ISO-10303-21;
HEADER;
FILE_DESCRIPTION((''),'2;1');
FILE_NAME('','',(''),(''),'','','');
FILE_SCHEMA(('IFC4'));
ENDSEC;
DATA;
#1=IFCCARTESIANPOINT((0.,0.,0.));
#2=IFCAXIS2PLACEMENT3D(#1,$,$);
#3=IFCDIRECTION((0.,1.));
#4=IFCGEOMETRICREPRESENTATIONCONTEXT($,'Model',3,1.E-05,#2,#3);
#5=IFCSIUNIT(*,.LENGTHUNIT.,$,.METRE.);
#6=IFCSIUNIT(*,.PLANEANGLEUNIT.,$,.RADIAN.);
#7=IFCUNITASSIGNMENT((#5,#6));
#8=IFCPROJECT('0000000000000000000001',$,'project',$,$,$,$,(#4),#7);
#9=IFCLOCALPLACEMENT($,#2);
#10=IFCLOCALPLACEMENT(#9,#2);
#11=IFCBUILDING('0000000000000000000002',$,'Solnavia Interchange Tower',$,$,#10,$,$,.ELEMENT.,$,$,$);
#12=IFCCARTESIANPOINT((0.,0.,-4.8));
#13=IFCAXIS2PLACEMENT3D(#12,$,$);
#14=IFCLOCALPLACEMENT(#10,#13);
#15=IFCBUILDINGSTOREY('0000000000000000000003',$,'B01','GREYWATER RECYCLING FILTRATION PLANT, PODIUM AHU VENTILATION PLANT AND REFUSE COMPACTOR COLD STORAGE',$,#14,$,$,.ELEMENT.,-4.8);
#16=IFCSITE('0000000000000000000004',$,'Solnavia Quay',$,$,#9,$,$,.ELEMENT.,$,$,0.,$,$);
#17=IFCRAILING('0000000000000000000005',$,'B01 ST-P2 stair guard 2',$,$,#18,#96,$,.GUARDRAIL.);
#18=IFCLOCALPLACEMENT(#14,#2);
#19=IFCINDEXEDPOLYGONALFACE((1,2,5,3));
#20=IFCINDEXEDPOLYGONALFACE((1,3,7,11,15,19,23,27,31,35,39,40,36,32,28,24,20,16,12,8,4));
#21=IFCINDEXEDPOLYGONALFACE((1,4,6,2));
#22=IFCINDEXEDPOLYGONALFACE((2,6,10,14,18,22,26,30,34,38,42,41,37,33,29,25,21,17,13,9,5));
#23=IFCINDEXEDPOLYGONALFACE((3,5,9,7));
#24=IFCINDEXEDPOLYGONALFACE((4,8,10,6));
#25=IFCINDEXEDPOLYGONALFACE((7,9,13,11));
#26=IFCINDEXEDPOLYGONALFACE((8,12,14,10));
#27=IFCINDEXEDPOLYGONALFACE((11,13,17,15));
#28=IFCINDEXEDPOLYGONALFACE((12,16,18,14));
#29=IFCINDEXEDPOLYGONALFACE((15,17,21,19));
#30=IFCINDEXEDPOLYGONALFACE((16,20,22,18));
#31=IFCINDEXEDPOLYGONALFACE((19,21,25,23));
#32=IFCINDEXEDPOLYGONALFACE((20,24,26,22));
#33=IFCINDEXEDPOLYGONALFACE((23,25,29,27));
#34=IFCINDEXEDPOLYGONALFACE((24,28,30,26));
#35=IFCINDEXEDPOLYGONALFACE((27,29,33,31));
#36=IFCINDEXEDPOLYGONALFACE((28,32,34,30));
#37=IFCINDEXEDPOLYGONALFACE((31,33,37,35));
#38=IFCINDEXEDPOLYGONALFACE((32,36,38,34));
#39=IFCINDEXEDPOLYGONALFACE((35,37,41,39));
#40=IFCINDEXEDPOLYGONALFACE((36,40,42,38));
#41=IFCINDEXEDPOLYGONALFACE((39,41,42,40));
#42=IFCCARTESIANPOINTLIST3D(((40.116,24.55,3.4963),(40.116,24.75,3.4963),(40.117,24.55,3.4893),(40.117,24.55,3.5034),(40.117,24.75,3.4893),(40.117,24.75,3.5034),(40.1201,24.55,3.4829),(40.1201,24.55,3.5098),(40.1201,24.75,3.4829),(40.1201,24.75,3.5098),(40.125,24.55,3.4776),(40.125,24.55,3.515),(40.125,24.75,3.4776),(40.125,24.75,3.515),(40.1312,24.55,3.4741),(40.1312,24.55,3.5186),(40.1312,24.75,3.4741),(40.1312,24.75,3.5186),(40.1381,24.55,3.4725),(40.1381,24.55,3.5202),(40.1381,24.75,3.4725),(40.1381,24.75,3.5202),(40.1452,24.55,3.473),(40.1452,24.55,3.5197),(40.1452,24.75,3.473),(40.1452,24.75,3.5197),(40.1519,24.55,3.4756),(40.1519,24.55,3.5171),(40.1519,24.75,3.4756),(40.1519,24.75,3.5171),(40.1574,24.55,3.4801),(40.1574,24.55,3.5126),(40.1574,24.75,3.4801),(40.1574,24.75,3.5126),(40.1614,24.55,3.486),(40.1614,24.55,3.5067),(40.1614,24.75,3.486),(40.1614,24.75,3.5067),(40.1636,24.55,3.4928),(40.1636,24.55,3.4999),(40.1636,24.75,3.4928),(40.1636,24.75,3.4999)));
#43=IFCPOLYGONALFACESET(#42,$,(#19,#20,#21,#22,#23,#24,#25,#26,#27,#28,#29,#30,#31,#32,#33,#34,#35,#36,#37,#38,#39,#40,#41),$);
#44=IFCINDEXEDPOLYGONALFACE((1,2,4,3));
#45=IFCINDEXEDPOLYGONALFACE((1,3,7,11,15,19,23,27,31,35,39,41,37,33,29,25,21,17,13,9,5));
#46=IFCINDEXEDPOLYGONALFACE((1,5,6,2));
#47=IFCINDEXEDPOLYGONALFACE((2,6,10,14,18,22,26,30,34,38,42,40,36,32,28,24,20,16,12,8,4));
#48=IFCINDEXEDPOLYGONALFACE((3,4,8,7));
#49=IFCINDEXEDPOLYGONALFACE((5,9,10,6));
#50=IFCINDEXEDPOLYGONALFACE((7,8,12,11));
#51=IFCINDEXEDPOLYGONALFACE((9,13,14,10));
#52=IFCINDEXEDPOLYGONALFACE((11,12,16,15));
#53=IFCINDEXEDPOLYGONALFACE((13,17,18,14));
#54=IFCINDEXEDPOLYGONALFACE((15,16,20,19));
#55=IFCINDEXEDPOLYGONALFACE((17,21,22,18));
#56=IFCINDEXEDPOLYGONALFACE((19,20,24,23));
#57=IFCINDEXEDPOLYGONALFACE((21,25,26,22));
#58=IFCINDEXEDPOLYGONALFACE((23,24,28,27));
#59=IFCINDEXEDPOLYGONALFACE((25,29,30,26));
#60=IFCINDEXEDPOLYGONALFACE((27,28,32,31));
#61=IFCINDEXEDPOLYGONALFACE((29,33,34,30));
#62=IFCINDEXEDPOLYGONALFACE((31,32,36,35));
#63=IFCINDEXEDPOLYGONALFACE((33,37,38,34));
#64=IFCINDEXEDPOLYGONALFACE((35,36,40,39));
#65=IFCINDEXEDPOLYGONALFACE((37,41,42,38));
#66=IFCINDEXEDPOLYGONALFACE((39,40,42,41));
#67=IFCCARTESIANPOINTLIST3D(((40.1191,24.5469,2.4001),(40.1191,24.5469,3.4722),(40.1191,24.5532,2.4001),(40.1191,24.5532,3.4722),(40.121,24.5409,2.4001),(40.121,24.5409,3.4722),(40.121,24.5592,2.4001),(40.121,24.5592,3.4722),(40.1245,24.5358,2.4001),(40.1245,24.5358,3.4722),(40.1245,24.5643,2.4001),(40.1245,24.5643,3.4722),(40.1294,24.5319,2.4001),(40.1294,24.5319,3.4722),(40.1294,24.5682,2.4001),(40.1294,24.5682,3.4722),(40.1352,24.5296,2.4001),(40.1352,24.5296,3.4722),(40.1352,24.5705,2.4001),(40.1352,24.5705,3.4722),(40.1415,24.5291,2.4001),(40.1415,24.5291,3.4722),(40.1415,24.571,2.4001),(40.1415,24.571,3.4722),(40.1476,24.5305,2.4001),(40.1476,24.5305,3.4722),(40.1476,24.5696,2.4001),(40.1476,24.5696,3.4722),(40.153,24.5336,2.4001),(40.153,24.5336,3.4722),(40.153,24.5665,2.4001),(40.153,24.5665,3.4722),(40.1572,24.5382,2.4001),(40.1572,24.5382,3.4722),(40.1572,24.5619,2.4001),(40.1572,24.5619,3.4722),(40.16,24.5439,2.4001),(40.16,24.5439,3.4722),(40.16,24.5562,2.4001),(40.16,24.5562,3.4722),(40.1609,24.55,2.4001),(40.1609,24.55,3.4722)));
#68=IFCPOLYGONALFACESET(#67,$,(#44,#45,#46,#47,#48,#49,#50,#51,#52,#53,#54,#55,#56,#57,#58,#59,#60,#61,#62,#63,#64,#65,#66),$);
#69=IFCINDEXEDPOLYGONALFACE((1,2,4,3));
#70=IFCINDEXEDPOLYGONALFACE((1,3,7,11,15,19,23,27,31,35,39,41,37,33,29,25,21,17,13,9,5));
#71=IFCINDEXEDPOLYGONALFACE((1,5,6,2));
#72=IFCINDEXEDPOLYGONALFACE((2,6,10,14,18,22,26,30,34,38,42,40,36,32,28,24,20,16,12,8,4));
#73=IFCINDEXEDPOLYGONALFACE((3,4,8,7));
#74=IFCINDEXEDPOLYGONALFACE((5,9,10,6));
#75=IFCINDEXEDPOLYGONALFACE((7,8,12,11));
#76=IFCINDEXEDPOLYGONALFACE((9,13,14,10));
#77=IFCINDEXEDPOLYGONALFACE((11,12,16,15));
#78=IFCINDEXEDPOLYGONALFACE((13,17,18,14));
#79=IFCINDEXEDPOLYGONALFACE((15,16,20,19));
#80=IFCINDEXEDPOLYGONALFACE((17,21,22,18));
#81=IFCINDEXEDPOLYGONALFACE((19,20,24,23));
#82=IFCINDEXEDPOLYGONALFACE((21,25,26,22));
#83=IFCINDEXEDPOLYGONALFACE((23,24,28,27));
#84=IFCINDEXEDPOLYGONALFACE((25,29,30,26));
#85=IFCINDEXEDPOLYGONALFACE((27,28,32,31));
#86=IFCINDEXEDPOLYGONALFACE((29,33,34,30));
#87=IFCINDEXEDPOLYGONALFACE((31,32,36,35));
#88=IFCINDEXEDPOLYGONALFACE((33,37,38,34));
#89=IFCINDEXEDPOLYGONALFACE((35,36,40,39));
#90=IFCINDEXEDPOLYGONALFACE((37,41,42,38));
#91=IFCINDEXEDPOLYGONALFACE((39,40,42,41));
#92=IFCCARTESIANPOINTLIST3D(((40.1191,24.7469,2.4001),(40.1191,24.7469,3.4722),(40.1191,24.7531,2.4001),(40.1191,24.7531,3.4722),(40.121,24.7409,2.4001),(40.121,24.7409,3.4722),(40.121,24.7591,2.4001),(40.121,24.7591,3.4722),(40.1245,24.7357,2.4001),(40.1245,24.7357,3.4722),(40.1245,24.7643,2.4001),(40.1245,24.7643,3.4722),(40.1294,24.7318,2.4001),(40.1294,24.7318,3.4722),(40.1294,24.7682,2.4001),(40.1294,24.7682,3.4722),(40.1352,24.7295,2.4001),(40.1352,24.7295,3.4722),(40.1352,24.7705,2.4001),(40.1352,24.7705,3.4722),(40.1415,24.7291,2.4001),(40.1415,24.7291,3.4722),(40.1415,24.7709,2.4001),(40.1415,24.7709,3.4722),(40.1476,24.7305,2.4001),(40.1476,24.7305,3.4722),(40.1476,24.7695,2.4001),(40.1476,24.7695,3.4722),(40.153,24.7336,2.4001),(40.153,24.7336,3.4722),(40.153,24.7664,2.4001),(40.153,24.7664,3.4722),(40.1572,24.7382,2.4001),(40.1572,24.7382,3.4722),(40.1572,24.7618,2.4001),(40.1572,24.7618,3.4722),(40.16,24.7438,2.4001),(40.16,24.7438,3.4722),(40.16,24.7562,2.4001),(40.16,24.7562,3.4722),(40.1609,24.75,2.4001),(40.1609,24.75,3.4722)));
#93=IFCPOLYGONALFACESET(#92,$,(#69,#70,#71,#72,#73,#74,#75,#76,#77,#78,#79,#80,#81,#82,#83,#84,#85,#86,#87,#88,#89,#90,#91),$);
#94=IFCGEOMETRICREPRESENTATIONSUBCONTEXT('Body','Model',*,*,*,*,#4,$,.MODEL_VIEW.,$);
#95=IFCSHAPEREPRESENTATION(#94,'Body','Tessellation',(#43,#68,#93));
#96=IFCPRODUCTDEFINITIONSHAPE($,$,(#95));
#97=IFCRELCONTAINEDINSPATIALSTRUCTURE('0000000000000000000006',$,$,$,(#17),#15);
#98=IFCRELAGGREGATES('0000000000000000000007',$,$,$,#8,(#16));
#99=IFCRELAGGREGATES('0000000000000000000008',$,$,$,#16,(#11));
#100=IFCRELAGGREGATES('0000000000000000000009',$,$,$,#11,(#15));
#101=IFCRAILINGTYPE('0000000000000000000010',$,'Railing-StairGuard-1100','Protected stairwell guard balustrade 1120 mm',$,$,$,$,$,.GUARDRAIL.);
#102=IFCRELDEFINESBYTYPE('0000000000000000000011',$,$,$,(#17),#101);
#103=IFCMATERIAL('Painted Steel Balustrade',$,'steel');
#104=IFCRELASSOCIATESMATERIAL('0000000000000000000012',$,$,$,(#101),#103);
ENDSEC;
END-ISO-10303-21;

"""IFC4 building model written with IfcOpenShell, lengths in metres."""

from ifc_helpers import new_model, si_unit, direction, frame, origin, origin_2d, place, context, subcontext, project, spatial, circle, extrude, material, type_object, element, save


model = new_model("IFC4")

# Units and contexts
model_context = context("Model", 3, precision=1e-05, world=origin(), true_north=direction((0.0, 1.0)))
body_context = subcontext(model_context, "Body", "Model", "MODEL_VIEW")
ifc_project = project(units=[si_unit("LENGTHUNIT", "METRE"), si_unit("PLANEANGLEUNIT", "RADIAN")], contexts=[model_context])

# Site, building, storey
site_placement = place(None, origin())
site = spatial("IfcSite", under=ifc_project, at=site_placement, Name="Solnavia Quay", CompositionType="ELEMENT", RefElevation=0.0)
building_placement = place(site_placement, origin())
building = spatial("IfcBuilding", under=site, at=building_placement, Name="Solnavia Interchange Tower", CompositionType="ELEMENT")
storey_placement = place(building_placement, frame((0.0, 0.0, -4.8)))
storey = spatial("IfcBuildingStorey", under=building, at=storey_placement, Name="B01", Description="GREYWATER RECYCLING FILTRATION PLANT, PODIUM AHU VENTILATION PLANT AND REFUSE COMPACTOR COLD STORAGE", CompositionType="ELEMENT", Elevation=-4.8)

# Railing
ifc_material_1 = material(Name="Painted Steel Balustrade", Category="steel")
railing_type_1 = type_object("IfcRailingType", Name="Railing-StairGuard-1100", Description="Protected stairwell guard balustrade 1120 mm", PredefinedType="GUARDRAIL", material=ifc_material_1)
railing_1_placement = place(storey_placement, frame((40.1399, 24.55, 2.4001)))
element("IfcRailing", 1, at=railing_1_placement, inside=storey, type_object=railing_type_1, Name="B01 ST-P2 stair guard 2", PredefinedType="GUARDRAIL", context=body_context, shape_type="SweptSolid", body=[
    extrude(circle(Radius=0.0239, at=origin_2d()), frame((0.0, 0.0, 1.0962), z_axis=(0.0, 1.0, 0.0), x_axis=(-1.0, 0.0, 0.0)), (0.0, 0.0, 1.0), 0.2),
    extrude(circle(Radius=0.021, at=origin_2d()), origin(), (0.0, 0.0, 1.0), 1.072),
    extrude(circle(Radius=0.021, at=origin_2d()), frame((0.0, 0.2, 0.0)), (0.0, 0.0, 1.0), 1.072),
])

save(model, "model.ifc")
